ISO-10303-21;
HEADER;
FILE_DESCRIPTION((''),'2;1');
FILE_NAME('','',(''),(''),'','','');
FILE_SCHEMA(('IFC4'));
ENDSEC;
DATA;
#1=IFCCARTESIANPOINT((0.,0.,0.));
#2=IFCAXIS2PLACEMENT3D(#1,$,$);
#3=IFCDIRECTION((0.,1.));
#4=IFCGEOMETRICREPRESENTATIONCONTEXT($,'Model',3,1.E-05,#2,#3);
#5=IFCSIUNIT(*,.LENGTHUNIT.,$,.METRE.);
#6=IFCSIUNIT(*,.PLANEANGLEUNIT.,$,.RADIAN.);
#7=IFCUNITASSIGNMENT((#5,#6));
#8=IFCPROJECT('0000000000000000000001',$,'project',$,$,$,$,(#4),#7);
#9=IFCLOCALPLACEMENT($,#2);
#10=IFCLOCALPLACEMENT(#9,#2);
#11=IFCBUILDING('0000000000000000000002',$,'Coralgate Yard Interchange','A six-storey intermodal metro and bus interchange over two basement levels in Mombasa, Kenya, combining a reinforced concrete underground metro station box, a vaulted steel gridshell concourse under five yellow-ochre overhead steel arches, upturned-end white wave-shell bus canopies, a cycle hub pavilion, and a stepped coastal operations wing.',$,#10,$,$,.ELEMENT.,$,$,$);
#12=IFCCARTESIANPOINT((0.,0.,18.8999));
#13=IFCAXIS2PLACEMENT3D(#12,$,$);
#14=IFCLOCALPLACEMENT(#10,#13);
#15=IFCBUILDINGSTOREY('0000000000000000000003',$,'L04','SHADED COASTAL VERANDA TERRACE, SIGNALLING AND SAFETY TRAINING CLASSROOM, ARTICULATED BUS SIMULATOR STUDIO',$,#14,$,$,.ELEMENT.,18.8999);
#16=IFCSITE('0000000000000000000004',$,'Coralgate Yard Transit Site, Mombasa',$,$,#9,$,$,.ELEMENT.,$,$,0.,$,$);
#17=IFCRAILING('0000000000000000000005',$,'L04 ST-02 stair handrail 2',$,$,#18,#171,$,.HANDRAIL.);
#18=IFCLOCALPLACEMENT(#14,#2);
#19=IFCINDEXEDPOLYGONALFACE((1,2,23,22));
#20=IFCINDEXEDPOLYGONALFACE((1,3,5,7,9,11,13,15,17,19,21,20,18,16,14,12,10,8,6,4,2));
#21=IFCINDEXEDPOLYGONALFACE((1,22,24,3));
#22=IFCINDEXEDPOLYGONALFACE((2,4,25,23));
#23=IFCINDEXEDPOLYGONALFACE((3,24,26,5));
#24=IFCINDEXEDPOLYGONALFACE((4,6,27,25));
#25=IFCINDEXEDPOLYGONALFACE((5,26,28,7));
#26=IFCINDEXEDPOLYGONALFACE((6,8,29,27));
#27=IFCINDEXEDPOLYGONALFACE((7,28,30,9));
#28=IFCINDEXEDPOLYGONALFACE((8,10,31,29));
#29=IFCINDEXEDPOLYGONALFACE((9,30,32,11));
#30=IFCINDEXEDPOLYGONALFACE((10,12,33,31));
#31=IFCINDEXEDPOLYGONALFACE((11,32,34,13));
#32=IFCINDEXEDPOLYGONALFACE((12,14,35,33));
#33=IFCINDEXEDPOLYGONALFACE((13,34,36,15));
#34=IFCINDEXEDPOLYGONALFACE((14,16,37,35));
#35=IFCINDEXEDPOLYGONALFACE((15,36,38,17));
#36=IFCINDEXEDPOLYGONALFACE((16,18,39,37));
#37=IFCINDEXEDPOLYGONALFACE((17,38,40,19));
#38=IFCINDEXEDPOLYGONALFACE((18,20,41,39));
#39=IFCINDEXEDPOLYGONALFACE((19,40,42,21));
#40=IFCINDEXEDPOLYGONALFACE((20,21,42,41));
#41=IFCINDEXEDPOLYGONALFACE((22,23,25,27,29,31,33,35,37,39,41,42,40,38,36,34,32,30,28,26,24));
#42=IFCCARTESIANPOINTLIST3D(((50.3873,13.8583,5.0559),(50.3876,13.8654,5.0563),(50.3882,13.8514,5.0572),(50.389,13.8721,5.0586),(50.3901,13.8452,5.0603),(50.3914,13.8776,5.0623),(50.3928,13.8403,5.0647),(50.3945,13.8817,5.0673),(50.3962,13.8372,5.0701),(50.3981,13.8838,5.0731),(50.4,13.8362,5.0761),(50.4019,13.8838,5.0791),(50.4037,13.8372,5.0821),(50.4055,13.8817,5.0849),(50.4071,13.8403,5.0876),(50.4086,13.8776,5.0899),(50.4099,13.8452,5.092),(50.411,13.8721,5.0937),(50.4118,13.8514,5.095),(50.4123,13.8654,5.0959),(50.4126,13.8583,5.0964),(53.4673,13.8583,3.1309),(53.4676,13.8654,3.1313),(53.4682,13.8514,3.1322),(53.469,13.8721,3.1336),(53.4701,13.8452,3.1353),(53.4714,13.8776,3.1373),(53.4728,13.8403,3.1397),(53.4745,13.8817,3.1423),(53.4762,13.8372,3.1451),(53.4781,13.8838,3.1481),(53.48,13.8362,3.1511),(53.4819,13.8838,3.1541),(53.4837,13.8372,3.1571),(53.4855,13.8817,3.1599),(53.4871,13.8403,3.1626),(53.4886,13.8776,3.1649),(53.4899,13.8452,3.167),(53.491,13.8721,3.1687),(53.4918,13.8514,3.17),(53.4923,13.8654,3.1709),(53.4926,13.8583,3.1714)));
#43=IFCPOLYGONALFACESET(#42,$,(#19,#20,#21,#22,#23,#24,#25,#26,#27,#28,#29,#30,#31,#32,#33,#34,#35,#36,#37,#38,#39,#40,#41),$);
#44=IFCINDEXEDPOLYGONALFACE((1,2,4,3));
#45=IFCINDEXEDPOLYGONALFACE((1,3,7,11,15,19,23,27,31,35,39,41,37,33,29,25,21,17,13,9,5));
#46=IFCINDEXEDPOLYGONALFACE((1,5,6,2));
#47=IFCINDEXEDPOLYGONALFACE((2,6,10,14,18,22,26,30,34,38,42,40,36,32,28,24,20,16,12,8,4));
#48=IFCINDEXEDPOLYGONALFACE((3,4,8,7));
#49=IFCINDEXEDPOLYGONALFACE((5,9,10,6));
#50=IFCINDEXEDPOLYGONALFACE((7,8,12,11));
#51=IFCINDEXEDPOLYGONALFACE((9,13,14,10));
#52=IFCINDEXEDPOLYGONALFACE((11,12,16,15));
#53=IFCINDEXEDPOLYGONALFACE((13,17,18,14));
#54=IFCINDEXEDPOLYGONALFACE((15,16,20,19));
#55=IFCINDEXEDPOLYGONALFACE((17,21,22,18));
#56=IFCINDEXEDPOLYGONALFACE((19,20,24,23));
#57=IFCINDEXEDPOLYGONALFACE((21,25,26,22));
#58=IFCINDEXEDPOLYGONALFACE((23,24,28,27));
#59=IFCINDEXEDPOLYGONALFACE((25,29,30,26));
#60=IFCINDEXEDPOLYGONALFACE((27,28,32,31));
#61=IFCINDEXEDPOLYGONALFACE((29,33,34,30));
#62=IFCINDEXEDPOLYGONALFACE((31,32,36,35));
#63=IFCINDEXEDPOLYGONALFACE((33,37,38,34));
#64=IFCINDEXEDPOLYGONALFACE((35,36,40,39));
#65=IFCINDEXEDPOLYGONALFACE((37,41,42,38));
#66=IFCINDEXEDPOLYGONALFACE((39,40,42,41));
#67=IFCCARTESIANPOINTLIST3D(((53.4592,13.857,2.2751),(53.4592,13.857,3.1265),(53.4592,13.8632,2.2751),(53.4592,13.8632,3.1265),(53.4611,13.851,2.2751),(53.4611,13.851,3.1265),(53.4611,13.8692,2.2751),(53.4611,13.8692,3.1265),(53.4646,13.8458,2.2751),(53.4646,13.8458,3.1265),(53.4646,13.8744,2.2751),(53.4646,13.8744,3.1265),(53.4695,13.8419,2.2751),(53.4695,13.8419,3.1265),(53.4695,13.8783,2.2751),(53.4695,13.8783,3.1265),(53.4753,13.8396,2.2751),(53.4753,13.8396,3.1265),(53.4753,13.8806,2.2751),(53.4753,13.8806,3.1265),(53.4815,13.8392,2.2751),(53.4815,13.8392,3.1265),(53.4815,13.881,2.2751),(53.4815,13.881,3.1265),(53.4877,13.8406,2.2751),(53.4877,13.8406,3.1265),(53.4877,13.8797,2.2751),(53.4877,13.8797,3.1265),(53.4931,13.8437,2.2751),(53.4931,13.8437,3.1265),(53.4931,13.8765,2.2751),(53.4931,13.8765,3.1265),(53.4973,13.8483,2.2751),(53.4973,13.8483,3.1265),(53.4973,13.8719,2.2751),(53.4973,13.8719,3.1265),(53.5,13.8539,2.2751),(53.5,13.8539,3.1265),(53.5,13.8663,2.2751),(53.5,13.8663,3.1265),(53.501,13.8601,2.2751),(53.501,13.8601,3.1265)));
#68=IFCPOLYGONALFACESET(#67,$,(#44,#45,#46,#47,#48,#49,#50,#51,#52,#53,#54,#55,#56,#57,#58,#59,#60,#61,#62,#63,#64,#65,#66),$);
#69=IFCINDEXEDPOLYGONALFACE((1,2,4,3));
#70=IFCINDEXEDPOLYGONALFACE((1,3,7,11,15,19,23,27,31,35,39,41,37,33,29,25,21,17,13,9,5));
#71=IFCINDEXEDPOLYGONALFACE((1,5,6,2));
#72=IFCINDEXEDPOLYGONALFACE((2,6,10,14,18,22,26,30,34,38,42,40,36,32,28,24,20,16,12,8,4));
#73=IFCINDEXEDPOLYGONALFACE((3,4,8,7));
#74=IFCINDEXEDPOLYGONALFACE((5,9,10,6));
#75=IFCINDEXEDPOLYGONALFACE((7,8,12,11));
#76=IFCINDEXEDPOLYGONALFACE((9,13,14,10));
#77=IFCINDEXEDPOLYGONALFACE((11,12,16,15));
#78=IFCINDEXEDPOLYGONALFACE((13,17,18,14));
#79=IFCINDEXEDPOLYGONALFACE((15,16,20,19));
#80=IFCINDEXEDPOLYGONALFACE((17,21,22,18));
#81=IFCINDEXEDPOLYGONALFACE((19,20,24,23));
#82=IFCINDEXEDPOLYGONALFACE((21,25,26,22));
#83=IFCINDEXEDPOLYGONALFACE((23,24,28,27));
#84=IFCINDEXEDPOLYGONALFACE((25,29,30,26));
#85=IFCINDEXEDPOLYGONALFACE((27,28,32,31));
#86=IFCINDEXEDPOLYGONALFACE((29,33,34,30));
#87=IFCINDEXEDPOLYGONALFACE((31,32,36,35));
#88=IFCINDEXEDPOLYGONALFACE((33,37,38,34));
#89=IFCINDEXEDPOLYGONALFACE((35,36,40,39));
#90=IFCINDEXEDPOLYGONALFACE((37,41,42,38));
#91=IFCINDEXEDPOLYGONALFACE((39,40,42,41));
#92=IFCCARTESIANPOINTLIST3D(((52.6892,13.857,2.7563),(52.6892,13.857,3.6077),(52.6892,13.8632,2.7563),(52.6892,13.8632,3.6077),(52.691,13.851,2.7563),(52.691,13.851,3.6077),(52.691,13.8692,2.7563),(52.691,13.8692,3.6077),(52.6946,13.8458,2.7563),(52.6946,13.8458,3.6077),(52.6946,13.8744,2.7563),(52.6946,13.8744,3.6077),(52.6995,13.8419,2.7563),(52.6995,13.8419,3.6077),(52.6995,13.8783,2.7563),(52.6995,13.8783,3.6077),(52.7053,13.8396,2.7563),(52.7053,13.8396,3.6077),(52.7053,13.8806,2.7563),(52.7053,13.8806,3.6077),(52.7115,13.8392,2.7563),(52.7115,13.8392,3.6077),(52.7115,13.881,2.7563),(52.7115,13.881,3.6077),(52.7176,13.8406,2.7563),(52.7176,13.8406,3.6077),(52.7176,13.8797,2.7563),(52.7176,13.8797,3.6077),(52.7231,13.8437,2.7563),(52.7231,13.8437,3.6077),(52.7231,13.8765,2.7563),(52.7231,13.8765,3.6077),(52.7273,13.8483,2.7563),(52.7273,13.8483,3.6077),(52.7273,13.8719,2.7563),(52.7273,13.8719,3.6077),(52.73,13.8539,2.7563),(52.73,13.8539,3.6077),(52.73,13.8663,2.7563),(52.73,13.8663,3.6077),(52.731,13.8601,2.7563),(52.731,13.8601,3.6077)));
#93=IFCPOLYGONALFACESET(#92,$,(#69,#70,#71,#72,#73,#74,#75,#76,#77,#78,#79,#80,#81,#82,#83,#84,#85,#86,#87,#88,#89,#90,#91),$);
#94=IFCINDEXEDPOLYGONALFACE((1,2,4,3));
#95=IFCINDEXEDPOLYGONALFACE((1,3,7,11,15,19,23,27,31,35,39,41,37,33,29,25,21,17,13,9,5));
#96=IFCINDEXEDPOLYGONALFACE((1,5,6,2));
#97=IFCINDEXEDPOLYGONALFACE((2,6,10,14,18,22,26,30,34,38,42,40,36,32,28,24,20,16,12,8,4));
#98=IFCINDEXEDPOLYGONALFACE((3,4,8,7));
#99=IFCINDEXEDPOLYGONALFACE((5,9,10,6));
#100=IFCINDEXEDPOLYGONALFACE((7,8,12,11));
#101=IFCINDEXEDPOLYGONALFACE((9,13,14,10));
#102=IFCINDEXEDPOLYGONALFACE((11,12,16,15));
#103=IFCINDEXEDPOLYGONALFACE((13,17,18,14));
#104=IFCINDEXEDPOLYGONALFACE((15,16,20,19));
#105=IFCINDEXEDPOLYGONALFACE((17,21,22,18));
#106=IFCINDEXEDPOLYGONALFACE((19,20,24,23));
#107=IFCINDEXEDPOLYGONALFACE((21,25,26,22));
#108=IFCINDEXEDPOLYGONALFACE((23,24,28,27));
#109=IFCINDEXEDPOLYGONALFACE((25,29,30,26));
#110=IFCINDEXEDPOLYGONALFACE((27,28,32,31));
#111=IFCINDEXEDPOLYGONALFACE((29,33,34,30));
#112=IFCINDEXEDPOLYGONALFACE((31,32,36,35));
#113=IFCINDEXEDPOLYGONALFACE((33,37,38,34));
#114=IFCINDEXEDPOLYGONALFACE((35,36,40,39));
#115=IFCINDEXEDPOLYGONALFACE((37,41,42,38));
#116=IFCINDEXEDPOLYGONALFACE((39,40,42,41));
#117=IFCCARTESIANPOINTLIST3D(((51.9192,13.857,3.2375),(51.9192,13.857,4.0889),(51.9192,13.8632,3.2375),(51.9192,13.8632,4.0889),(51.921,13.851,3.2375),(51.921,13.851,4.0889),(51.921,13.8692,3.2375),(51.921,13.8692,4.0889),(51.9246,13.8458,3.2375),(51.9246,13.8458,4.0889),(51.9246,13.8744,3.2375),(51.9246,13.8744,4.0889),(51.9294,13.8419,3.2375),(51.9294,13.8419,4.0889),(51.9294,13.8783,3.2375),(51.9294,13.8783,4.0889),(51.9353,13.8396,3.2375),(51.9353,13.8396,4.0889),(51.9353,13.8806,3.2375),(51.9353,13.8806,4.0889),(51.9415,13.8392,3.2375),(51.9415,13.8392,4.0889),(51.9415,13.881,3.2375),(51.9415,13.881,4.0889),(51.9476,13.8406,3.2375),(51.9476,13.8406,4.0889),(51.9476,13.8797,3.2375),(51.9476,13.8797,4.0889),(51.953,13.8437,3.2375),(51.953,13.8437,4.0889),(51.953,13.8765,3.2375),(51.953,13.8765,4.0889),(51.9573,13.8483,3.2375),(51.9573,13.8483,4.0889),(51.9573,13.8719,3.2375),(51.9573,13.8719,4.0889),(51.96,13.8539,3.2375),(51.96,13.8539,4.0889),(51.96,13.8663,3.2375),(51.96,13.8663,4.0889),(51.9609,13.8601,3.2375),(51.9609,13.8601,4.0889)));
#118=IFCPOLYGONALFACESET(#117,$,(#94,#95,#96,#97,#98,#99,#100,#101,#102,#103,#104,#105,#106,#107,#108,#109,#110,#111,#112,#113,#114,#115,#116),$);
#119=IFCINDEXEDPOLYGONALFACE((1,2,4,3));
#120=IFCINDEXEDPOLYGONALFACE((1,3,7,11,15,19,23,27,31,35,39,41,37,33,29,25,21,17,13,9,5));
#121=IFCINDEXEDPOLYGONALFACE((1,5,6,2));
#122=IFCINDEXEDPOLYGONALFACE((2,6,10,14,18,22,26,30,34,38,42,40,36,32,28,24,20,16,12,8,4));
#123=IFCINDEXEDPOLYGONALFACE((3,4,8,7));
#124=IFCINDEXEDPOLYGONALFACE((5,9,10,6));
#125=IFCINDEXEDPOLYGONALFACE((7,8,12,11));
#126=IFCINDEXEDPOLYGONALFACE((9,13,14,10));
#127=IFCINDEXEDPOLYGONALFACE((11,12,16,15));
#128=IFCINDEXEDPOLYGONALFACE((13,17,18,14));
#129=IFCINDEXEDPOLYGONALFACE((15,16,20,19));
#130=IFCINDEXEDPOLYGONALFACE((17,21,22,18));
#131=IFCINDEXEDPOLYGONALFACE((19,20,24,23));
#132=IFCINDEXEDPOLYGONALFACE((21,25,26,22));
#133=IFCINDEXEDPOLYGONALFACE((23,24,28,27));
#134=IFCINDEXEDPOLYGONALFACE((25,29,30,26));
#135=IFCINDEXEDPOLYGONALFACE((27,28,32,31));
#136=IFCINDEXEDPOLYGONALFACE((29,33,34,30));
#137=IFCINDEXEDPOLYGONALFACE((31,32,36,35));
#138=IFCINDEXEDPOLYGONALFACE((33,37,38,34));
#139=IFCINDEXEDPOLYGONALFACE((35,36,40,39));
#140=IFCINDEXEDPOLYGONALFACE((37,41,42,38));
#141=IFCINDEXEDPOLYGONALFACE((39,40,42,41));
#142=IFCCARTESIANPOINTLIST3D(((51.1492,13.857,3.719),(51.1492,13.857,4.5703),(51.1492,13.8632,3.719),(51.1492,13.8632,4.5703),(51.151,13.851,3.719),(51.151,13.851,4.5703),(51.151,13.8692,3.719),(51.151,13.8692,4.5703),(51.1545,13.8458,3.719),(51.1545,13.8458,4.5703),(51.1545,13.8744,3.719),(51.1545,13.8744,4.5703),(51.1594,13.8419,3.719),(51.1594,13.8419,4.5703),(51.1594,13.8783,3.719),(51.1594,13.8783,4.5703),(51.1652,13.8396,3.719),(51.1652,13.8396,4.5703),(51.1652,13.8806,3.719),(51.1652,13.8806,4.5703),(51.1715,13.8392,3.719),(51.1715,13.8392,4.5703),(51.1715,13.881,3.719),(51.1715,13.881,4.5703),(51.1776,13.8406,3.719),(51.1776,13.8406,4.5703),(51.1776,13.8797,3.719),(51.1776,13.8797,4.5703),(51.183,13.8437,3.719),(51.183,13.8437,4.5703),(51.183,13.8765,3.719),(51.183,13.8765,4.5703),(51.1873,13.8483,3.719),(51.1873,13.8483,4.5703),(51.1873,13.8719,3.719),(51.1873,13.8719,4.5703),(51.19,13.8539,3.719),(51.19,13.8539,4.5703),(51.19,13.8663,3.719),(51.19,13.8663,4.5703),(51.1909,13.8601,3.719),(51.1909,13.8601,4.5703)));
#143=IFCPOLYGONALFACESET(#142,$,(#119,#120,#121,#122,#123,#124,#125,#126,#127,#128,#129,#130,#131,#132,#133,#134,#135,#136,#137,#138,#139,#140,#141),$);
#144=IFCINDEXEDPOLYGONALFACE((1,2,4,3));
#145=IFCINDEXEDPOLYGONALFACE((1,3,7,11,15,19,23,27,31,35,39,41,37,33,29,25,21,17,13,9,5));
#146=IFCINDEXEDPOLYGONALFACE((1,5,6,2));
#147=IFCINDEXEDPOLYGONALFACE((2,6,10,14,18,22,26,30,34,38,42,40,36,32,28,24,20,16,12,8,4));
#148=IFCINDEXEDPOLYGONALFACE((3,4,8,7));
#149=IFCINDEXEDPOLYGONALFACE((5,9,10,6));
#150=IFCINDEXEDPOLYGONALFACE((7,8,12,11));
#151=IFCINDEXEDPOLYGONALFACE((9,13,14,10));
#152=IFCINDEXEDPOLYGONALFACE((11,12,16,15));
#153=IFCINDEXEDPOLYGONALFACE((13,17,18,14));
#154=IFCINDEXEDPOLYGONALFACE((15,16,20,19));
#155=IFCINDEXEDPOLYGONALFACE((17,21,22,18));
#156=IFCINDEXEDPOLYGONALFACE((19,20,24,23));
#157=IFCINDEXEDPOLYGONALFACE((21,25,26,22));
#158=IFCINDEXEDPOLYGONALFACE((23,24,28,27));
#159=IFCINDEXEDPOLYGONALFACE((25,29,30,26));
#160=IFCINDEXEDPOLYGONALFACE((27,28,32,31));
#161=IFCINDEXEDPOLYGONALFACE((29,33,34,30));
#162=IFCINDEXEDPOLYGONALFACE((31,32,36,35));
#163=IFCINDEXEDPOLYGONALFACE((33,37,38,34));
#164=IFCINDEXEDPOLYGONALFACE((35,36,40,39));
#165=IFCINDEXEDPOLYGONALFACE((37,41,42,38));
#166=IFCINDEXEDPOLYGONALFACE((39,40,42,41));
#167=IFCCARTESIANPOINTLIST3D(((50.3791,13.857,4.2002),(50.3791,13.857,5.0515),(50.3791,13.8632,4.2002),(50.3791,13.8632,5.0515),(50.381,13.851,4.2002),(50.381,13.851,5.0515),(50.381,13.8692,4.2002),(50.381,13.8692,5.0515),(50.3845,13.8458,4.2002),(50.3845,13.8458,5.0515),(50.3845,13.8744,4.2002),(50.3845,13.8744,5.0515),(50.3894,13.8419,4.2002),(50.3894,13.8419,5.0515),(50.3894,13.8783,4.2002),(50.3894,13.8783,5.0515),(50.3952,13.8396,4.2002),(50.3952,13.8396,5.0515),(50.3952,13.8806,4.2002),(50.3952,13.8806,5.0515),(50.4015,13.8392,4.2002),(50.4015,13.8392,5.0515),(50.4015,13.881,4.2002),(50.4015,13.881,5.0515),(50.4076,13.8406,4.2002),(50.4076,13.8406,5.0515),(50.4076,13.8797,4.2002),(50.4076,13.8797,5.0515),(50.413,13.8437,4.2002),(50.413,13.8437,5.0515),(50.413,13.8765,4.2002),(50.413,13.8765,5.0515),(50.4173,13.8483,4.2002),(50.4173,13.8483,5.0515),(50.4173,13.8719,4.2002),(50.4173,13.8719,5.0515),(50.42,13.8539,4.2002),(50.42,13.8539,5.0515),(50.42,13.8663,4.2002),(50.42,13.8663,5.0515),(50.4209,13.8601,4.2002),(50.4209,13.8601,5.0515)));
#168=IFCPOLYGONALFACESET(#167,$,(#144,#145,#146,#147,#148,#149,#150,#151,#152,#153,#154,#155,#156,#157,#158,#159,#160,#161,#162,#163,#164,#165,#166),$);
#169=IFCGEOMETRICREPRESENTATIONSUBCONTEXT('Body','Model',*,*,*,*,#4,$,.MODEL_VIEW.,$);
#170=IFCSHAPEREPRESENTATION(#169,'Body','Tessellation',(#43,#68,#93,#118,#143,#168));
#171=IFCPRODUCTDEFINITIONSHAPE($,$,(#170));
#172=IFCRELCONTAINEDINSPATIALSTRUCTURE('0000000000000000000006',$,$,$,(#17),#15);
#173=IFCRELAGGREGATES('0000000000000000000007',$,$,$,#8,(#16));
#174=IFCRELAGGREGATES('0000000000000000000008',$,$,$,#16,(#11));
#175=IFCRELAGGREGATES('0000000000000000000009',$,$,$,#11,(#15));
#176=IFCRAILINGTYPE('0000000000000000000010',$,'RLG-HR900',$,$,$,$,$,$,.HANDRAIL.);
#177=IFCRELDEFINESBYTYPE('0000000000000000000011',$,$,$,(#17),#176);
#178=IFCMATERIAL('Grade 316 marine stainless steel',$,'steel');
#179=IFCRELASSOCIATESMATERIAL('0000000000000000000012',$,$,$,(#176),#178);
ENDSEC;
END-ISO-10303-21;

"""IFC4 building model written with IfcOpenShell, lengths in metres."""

from ifc_helpers import new_model, si_unit, direction, frame, origin, origin_2d, place, context, subcontext, project, spatial, circle, extrude, material, type_object, element, save


model = new_model("IFC4")

# Units and contexts
model_context = context("Model", 3, precision=1e-05, world=origin(), true_north=direction((0.0, 1.0)))
body_context = subcontext(model_context, "Body", "Model", "MODEL_VIEW")
ifc_project = project(units=[si_unit("LENGTHUNIT", "METRE"), si_unit("PLANEANGLEUNIT", "RADIAN")], contexts=[model_context])

# Site, building, storey
site_placement = place(None, origin())
site = spatial("IfcSite", under=ifc_project, at=site_placement, Name="Coralgate Yard Transit Site, Mombasa", CompositionType="ELEMENT", RefElevation=0.0)
building_placement = place(site_placement, origin())
building = spatial("IfcBuilding", under=site, at=building_placement, Name="Coralgate Yard Interchange", Description="A six-storey intermodal metro and bus interchange over two basement levels in Mombasa, Kenya, combining a reinforced concrete underground metro station box, a vaulted steel gridshell concourse under five yellow-ochre overhead steel arches, upturned-end white wave-shell bus canopies, a cycle hub pavilion, and a stepped coastal operations wing.", CompositionType="ELEMENT")
storey_placement = place(building_placement, frame((0.0, 0.0, 18.8999)))
storey = spatial("IfcBuildingStorey", under=building, at=storey_placement, Name="L04", Description="SHADED COASTAL VERANDA TERRACE, SIGNALLING AND SAFETY TRAINING CLASSROOM, ARTICULATED BUS SIMULATOR STUDIO", CompositionType="ELEMENT", Elevation=18.8999)

# Railing
ifc_material_1 = material(Name="Grade 316 marine stainless steel", Category="steel")
railing_type_1 = type_object("IfcRailingType", Name="RLG-HR900", PredefinedType="HANDRAIL", material=ifc_material_1)
railing_1_placement = place(storey_placement, frame((53.48, 13.8601, 2.2751)))
element("IfcRailing", 1, at=railing_1_placement, inside=storey, type_object=railing_type_1, Name="L04 ST-02 stair handrail 2", PredefinedType="HANDRAIL", context=body_context, shape_type="SweptSolid", body=[
    extrude(circle(Radius=0.0239, at=origin_2d()), frame((0.0, 0.0, 0.876), z_axis=(-0.847998, 0.0, 0.529999), x_axis=(0.0, -1.0, 0.0)), (0.0, 0.0, 1.0), 3.6321),
    extrude(circle(Radius=0.021, at=origin_2d()), origin(), (0.0, 0.0, 1.0), 0.8513),
    extrude(circle(Radius=0.021, at=origin_2d()), frame((-0.77, 0.0, 0.4812)), (0.0, 0.0, 1.0), 0.8513),
    extrude(circle(Radius=0.021, at=origin_2d()), frame((-1.54, 0.0, 0.9624)), (0.0, 0.0, 1.0), 0.8513),
    extrude(circle(Radius=0.021, at=origin_2d()), frame((-2.3101, 0.0, 1.4438)), (0.0, 0.0, 1.0), 0.8513),
    extrude(circle(Radius=0.021, at=origin_2d()), frame((-3.0801, 0.0, 1.925)), (0.0, 0.0, 1.0), 0.8513),
])

save(model, "model.ifc")
